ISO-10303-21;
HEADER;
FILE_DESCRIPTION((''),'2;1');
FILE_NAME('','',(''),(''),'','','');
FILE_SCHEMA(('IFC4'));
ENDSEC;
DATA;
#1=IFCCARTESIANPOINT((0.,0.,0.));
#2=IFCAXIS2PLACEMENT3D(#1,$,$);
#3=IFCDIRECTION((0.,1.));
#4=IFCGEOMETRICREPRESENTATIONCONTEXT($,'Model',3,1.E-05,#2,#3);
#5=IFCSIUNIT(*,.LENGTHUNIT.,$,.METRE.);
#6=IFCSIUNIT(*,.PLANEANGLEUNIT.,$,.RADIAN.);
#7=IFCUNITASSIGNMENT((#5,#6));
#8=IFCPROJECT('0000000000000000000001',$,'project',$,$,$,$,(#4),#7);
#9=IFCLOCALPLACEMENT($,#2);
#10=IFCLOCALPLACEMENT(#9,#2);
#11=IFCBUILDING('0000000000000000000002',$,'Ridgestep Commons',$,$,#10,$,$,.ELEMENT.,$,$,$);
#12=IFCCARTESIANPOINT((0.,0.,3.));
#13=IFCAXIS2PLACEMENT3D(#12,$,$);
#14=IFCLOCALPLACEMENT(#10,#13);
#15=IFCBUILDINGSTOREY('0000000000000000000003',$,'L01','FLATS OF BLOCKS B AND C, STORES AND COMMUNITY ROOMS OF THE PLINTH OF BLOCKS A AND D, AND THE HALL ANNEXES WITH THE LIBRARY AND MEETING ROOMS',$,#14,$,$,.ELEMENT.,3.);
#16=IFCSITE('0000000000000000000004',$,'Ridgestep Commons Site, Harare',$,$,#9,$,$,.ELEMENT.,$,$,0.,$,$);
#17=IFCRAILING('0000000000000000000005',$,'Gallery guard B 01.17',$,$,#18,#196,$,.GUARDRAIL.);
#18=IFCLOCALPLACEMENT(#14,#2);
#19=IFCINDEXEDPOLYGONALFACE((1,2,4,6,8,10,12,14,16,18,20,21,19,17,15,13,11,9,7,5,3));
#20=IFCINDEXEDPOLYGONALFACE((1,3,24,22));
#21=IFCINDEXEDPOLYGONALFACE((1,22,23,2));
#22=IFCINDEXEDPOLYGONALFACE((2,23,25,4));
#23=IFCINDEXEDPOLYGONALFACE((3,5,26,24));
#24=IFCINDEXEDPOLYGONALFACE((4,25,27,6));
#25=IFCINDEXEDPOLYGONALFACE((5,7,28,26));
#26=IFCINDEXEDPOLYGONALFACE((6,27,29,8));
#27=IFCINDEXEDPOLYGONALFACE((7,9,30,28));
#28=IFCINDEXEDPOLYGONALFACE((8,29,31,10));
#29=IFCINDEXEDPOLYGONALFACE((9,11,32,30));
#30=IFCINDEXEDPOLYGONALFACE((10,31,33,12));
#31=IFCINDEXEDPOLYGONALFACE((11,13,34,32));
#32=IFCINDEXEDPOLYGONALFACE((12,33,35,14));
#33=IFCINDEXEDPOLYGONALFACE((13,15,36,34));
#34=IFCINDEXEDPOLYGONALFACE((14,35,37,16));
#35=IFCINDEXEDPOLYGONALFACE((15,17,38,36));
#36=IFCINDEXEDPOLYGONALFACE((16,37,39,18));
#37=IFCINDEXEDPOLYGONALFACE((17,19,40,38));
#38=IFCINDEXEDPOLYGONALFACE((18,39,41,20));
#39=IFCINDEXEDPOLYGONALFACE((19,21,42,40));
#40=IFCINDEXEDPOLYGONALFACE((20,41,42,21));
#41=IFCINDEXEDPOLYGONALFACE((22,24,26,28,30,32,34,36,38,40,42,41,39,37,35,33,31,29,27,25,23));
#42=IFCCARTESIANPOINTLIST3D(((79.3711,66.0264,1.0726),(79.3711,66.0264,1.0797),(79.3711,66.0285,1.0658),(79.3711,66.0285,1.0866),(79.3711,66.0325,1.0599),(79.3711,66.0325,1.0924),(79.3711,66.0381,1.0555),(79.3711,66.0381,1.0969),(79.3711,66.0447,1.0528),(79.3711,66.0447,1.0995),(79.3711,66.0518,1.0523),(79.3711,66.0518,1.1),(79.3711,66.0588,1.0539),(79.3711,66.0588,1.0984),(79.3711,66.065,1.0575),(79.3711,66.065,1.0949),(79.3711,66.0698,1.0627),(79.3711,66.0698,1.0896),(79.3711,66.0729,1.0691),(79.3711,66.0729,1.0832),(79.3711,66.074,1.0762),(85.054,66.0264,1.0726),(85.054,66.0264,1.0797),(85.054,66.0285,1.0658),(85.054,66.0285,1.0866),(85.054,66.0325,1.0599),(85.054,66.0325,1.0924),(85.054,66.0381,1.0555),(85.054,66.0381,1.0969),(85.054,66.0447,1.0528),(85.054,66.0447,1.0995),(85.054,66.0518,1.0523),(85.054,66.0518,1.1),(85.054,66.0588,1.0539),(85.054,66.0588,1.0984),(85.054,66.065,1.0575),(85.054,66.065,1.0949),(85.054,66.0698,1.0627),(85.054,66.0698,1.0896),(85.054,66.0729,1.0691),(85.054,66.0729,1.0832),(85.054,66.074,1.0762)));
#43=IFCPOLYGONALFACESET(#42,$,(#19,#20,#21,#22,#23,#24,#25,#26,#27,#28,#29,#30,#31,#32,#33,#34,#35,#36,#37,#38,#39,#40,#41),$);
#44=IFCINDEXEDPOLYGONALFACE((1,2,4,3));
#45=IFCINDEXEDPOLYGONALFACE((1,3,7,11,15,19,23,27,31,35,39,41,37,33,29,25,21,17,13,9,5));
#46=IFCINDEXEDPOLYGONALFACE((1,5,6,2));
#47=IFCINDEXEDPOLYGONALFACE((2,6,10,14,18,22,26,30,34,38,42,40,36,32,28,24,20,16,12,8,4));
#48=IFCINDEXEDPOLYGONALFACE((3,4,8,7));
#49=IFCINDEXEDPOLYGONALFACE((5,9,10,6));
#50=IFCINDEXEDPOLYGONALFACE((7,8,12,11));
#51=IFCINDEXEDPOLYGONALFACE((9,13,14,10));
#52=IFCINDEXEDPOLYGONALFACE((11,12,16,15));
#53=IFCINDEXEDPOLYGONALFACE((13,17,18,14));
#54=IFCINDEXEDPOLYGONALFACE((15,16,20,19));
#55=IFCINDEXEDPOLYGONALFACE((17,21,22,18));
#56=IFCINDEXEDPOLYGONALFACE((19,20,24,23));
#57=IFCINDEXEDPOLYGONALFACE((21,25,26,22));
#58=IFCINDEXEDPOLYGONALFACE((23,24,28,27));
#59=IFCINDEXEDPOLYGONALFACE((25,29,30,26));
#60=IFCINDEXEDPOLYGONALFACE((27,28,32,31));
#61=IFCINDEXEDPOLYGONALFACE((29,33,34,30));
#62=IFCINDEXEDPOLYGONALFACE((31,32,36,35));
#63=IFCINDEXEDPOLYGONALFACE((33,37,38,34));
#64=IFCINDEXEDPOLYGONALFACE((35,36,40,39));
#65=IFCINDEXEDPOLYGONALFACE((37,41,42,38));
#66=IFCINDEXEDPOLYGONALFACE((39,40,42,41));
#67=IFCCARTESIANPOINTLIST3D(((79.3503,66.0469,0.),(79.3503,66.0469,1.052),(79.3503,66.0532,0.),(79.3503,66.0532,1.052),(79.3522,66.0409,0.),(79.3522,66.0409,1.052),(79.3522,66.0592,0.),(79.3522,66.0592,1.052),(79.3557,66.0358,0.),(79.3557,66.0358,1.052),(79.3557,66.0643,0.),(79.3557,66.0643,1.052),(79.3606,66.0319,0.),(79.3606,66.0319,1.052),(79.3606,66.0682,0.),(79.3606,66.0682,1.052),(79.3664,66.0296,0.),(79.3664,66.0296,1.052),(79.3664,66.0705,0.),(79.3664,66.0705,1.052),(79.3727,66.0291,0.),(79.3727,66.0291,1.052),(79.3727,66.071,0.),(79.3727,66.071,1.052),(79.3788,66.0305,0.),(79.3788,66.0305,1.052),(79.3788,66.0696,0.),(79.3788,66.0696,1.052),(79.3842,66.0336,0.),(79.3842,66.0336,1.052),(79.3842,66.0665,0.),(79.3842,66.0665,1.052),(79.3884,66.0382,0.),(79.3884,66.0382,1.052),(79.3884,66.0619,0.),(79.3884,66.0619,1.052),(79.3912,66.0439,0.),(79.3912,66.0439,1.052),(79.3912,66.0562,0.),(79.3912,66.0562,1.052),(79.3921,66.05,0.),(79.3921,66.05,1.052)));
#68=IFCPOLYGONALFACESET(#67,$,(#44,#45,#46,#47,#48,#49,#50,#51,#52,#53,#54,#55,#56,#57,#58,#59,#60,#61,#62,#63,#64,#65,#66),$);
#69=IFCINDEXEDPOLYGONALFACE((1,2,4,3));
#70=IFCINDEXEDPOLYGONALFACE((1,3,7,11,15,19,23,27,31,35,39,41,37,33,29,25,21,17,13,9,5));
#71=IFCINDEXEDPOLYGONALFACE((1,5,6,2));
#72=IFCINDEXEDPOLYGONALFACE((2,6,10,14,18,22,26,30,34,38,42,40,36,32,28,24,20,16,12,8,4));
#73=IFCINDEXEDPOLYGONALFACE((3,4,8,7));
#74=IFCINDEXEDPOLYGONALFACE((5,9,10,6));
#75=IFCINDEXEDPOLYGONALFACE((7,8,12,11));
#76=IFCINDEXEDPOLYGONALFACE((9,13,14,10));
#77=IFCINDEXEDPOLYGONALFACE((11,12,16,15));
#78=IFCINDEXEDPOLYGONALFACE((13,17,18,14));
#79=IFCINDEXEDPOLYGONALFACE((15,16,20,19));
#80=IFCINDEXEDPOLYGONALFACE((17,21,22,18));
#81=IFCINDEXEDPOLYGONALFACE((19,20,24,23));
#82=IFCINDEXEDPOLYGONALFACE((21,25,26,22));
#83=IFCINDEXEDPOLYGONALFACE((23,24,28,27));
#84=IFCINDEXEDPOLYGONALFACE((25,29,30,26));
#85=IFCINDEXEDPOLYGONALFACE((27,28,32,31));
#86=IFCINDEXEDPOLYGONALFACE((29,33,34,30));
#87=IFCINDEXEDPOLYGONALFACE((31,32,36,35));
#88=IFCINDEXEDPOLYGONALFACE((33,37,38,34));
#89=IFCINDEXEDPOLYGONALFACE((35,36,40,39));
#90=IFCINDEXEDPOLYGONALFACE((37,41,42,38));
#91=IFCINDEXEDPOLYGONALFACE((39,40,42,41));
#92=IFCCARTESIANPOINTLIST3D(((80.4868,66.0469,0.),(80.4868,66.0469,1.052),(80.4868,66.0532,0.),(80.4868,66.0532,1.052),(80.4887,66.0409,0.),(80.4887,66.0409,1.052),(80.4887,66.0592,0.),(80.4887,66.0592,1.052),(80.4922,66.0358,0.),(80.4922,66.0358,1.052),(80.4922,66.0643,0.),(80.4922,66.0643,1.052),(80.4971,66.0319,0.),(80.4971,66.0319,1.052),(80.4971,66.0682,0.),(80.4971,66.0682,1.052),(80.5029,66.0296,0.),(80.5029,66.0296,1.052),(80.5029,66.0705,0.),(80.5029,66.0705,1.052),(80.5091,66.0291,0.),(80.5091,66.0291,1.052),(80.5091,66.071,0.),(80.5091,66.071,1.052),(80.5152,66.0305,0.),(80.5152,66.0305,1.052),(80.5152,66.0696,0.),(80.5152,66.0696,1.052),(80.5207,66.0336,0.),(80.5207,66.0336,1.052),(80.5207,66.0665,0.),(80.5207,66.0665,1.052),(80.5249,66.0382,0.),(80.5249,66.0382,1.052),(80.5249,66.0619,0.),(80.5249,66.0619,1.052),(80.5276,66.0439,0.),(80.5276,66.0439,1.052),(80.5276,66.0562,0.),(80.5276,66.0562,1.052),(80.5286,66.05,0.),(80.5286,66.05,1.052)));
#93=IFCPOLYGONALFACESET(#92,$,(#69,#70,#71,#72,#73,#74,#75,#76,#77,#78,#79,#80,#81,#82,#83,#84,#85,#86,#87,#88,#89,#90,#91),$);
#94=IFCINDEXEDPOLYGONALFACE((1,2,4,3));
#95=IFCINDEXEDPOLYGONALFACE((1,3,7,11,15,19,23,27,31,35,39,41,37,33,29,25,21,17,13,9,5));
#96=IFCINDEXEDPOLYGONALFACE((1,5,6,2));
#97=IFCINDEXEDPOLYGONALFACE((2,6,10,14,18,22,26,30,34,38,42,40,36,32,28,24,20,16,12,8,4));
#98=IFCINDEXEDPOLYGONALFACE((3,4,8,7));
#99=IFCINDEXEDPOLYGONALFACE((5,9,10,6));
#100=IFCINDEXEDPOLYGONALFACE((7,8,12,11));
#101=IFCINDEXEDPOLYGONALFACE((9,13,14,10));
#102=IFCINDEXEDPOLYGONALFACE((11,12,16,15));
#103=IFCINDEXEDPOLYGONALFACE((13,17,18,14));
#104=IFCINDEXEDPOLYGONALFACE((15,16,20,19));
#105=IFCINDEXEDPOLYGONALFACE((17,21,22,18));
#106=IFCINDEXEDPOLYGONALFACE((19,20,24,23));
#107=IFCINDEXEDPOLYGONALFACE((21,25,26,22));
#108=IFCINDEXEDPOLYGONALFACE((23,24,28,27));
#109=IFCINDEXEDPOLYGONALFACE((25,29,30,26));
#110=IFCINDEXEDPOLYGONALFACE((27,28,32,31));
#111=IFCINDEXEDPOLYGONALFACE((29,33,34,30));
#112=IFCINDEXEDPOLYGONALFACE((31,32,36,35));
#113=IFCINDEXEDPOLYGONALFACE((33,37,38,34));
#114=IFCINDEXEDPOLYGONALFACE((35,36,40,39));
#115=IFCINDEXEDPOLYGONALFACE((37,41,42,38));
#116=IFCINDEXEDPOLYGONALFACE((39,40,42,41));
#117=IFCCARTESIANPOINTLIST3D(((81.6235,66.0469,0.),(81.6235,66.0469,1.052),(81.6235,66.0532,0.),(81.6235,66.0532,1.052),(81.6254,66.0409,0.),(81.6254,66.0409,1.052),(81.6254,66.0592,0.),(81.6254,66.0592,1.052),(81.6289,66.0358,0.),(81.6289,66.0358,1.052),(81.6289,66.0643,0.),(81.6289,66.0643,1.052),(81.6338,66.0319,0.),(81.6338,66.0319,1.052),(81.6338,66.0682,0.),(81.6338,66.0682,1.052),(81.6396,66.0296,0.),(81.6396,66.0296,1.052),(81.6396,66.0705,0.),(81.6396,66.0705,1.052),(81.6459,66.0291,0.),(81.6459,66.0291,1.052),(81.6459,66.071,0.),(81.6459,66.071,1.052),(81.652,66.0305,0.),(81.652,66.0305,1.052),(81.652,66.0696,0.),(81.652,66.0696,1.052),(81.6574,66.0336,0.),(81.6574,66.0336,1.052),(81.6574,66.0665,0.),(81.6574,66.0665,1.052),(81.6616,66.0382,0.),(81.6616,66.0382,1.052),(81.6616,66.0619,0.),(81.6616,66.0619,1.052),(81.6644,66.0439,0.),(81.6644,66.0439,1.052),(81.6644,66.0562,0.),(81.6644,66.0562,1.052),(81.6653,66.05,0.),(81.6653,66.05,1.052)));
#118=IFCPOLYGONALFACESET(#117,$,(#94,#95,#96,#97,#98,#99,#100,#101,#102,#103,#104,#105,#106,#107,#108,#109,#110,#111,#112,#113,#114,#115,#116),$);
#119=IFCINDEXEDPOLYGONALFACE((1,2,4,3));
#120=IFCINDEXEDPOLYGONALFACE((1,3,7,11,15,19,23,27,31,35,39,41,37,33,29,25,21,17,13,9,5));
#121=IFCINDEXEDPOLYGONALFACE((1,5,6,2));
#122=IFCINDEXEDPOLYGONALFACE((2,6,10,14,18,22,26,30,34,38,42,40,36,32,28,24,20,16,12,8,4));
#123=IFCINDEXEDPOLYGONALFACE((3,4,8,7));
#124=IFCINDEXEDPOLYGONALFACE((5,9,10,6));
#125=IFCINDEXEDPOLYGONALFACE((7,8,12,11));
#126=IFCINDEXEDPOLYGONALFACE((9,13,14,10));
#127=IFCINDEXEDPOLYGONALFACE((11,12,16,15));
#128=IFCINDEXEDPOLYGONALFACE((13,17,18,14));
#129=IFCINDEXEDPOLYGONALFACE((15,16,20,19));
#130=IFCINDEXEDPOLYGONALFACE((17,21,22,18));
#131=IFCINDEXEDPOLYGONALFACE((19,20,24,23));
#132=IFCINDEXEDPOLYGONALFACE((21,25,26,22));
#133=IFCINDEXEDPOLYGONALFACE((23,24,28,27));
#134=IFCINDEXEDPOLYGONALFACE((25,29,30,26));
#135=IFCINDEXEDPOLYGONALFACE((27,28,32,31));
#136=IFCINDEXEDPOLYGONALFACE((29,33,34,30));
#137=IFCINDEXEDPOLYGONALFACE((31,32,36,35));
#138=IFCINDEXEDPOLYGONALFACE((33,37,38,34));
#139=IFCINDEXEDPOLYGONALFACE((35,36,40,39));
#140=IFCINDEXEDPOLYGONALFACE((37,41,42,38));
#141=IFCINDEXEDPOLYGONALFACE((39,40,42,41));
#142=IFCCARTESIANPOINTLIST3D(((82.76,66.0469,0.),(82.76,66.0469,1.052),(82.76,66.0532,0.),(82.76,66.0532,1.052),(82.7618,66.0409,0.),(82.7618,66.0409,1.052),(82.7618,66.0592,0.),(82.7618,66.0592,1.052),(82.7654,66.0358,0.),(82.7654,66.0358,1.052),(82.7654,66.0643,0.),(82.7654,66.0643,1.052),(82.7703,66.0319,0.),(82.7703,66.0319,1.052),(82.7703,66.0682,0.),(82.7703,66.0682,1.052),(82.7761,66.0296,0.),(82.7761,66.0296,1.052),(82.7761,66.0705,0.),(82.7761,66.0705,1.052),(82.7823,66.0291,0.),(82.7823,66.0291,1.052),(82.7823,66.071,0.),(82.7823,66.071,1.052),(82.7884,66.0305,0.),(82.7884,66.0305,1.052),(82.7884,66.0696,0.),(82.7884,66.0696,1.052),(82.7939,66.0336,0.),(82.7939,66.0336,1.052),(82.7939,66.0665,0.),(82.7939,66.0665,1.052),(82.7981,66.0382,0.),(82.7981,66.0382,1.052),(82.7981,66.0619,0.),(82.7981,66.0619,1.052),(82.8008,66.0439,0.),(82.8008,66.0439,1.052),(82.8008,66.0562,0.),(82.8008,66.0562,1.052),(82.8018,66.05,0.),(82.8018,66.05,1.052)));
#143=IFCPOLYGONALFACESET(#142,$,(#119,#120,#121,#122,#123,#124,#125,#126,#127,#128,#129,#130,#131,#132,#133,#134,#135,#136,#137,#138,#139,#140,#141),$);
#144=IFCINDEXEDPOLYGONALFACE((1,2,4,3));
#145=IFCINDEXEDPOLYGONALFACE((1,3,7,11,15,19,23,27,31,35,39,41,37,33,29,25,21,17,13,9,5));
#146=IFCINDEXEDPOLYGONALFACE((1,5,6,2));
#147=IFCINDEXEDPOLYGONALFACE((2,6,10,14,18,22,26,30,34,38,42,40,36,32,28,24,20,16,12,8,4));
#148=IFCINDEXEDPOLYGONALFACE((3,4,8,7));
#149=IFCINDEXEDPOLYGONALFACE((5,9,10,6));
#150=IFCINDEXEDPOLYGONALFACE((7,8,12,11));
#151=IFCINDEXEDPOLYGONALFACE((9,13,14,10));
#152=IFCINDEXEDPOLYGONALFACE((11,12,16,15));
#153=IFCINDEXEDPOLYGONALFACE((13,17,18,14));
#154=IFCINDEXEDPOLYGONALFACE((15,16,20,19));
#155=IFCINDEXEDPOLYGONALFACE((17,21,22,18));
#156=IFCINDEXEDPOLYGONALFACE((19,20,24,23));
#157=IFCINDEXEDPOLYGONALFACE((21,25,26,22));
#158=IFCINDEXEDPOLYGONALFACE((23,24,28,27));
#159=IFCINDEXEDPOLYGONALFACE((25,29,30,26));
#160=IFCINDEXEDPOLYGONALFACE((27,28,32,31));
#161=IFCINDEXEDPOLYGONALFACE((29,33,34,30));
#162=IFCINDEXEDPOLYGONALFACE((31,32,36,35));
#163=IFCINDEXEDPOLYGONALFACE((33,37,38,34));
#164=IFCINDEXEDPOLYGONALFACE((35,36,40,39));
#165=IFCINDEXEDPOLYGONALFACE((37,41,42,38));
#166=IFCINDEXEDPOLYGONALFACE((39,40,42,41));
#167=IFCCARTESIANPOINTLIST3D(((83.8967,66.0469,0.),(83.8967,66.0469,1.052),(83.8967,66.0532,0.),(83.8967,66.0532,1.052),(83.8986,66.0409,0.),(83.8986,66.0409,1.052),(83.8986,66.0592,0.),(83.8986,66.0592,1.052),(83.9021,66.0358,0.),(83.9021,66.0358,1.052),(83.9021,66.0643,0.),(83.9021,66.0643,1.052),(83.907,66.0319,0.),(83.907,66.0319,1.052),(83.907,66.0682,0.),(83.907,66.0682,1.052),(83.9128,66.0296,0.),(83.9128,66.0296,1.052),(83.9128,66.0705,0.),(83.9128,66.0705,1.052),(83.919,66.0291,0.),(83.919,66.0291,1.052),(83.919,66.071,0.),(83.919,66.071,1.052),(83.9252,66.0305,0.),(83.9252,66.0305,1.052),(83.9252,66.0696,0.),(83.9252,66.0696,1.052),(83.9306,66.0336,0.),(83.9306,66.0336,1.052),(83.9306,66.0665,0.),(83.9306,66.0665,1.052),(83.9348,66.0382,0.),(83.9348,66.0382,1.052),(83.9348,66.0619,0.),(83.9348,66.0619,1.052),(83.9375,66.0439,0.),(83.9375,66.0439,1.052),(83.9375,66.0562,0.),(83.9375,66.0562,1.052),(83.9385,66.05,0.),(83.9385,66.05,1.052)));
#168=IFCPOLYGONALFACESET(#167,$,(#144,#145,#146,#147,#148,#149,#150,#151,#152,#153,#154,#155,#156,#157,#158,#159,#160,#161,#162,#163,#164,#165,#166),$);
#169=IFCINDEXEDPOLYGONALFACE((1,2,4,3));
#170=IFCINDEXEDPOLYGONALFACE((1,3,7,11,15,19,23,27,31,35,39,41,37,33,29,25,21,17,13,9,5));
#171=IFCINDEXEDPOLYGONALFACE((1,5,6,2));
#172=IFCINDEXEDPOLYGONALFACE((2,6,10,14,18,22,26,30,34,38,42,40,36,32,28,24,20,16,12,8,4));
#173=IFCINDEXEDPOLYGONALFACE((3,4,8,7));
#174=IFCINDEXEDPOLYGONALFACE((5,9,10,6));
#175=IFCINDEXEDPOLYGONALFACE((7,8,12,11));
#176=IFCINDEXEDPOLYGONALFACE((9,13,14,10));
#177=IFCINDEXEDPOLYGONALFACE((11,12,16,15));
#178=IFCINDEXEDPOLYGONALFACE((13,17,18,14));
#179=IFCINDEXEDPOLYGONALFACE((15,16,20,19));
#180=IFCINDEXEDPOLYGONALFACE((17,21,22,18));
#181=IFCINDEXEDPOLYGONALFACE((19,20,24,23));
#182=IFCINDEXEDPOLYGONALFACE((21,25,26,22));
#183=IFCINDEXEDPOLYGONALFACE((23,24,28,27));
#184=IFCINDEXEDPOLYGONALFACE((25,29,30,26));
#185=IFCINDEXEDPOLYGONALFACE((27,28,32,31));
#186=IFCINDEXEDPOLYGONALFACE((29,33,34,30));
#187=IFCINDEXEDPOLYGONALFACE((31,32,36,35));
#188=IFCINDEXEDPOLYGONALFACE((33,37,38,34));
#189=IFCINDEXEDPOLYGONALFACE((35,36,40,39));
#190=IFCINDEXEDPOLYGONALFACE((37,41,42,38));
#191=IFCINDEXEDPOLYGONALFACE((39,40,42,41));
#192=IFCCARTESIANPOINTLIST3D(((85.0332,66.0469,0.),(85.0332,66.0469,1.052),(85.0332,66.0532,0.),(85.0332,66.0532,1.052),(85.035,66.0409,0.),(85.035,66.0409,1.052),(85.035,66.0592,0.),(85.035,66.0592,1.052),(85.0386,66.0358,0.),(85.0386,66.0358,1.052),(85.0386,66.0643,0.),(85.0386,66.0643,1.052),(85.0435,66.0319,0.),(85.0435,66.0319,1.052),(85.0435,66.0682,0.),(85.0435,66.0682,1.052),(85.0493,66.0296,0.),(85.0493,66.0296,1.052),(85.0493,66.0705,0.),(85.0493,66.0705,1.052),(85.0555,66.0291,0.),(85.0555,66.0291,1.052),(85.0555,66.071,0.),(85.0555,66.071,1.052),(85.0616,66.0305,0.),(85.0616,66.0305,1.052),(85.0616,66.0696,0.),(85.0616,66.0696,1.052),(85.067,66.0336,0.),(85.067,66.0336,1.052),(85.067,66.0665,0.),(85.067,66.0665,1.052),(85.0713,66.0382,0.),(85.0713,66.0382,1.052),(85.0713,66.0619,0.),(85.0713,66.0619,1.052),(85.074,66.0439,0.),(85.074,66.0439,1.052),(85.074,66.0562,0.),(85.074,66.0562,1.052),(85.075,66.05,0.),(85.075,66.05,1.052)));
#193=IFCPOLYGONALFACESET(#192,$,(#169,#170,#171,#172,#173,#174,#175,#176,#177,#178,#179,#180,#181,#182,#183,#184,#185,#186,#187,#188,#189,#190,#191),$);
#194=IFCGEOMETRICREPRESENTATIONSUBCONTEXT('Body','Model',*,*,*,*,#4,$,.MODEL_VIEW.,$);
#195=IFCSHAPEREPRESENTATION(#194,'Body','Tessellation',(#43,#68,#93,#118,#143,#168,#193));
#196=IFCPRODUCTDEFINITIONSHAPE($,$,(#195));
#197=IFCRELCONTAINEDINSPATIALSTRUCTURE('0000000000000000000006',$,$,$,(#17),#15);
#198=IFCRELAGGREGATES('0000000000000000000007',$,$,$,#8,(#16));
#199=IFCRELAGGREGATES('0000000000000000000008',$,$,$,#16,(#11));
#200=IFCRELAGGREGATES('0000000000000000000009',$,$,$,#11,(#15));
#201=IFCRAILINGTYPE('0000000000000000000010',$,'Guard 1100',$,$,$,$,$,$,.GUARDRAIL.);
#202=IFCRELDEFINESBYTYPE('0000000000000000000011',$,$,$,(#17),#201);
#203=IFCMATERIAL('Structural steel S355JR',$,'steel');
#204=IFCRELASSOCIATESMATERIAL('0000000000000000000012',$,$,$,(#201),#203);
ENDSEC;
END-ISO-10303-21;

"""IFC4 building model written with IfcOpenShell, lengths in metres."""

from ifc_helpers import new_model, si_unit, direction, frame, origin, origin_2d, place, context, subcontext, project, spatial, circle, extrude, material, type_object, element, save


model = new_model("IFC4")

# Units and contexts
model_context = context("Model", 3, precision=1e-05, world=origin(), true_north=direction((0.0, 1.0)))
body_context = subcontext(model_context, "Body", "Model", "MODEL_VIEW")
ifc_project = project(units=[si_unit("LENGTHUNIT", "METRE"), si_unit("PLANEANGLEUNIT", "RADIAN")], contexts=[model_context])

# Site, building, storey
site_placement = place(None, origin())
site = spatial("IfcSite", under=ifc_project, at=site_placement, Name="Ridgestep Commons Site, Harare", CompositionType="ELEMENT", RefElevation=0.0)
building_placement = place(site_placement, origin())
building = spatial("IfcBuilding", under=site, at=building_placement, Name="Ridgestep Commons", CompositionType="ELEMENT")
storey_placement = place(building_placement, frame((0.0, 0.0, 3.0)))
storey = spatial("IfcBuildingStorey", under=building, at=storey_placement, Name="L01", Description="FLATS OF BLOCKS B AND C, STORES AND COMMUNITY ROOMS OF THE PLINTH OF BLOCKS A AND D, AND THE HALL ANNEXES WITH THE LIBRARY AND MEETING ROOMS", CompositionType="ELEMENT", Elevation=3.0)

# Railing
ifc_material_1 = material(Name="Structural steel S355JR", Category="steel")
railing_type_1 = type_object("IfcRailingType", Name="Guard 1100", PredefinedType="GUARDRAIL", material=ifc_material_1)
railing_1_placement = place(storey_placement, frame((79.3711, 66.05, 0.0)))
element("IfcRailing", 1, at=railing_1_placement, inside=storey, type_object=railing_type_1, Name="Gallery guard B 01.17", PredefinedType="GUARDRAIL", context=body_context, shape_type="SweptSolid", body=[
    extrude(circle(Radius=0.0239, at=origin_2d()), frame((0.0, 0.0, 1.0762), z_axis=(1.0, 0.0, 0.0), x_axis=(0.0, 1.0, 0.0)), (0.0, 0.0, 1.0), 5.6829),
    extrude(circle(Radius=0.021, at=origin_2d()), origin(), (0.0, 0.0, 1.0), 1.052),
    extrude(circle(Radius=0.021, at=origin_2d()), frame((1.1365, 0.0, 0.0)), (0.0, 0.0, 1.0), 1.052),
    extrude(circle(Radius=0.021, at=origin_2d()), frame((2.2732, 0.0, 0.0)), (0.0, 0.0, 1.0), 1.052),
    extrude(circle(Radius=0.021, at=origin_2d()), frame((3.4097, 0.0, 0.0)), (0.0, 0.0, 1.0), 1.052),
    extrude(circle(Radius=0.021, at=origin_2d()), frame((4.5464, 0.0, 0.0)), (0.0, 0.0, 1.0), 1.052),
    extrude(circle(Radius=0.021, at=origin_2d()), frame((5.6829, 0.0, 0.0)), (0.0, 0.0, 1.0), 1.052),
])

save(model, "model.ifc")
